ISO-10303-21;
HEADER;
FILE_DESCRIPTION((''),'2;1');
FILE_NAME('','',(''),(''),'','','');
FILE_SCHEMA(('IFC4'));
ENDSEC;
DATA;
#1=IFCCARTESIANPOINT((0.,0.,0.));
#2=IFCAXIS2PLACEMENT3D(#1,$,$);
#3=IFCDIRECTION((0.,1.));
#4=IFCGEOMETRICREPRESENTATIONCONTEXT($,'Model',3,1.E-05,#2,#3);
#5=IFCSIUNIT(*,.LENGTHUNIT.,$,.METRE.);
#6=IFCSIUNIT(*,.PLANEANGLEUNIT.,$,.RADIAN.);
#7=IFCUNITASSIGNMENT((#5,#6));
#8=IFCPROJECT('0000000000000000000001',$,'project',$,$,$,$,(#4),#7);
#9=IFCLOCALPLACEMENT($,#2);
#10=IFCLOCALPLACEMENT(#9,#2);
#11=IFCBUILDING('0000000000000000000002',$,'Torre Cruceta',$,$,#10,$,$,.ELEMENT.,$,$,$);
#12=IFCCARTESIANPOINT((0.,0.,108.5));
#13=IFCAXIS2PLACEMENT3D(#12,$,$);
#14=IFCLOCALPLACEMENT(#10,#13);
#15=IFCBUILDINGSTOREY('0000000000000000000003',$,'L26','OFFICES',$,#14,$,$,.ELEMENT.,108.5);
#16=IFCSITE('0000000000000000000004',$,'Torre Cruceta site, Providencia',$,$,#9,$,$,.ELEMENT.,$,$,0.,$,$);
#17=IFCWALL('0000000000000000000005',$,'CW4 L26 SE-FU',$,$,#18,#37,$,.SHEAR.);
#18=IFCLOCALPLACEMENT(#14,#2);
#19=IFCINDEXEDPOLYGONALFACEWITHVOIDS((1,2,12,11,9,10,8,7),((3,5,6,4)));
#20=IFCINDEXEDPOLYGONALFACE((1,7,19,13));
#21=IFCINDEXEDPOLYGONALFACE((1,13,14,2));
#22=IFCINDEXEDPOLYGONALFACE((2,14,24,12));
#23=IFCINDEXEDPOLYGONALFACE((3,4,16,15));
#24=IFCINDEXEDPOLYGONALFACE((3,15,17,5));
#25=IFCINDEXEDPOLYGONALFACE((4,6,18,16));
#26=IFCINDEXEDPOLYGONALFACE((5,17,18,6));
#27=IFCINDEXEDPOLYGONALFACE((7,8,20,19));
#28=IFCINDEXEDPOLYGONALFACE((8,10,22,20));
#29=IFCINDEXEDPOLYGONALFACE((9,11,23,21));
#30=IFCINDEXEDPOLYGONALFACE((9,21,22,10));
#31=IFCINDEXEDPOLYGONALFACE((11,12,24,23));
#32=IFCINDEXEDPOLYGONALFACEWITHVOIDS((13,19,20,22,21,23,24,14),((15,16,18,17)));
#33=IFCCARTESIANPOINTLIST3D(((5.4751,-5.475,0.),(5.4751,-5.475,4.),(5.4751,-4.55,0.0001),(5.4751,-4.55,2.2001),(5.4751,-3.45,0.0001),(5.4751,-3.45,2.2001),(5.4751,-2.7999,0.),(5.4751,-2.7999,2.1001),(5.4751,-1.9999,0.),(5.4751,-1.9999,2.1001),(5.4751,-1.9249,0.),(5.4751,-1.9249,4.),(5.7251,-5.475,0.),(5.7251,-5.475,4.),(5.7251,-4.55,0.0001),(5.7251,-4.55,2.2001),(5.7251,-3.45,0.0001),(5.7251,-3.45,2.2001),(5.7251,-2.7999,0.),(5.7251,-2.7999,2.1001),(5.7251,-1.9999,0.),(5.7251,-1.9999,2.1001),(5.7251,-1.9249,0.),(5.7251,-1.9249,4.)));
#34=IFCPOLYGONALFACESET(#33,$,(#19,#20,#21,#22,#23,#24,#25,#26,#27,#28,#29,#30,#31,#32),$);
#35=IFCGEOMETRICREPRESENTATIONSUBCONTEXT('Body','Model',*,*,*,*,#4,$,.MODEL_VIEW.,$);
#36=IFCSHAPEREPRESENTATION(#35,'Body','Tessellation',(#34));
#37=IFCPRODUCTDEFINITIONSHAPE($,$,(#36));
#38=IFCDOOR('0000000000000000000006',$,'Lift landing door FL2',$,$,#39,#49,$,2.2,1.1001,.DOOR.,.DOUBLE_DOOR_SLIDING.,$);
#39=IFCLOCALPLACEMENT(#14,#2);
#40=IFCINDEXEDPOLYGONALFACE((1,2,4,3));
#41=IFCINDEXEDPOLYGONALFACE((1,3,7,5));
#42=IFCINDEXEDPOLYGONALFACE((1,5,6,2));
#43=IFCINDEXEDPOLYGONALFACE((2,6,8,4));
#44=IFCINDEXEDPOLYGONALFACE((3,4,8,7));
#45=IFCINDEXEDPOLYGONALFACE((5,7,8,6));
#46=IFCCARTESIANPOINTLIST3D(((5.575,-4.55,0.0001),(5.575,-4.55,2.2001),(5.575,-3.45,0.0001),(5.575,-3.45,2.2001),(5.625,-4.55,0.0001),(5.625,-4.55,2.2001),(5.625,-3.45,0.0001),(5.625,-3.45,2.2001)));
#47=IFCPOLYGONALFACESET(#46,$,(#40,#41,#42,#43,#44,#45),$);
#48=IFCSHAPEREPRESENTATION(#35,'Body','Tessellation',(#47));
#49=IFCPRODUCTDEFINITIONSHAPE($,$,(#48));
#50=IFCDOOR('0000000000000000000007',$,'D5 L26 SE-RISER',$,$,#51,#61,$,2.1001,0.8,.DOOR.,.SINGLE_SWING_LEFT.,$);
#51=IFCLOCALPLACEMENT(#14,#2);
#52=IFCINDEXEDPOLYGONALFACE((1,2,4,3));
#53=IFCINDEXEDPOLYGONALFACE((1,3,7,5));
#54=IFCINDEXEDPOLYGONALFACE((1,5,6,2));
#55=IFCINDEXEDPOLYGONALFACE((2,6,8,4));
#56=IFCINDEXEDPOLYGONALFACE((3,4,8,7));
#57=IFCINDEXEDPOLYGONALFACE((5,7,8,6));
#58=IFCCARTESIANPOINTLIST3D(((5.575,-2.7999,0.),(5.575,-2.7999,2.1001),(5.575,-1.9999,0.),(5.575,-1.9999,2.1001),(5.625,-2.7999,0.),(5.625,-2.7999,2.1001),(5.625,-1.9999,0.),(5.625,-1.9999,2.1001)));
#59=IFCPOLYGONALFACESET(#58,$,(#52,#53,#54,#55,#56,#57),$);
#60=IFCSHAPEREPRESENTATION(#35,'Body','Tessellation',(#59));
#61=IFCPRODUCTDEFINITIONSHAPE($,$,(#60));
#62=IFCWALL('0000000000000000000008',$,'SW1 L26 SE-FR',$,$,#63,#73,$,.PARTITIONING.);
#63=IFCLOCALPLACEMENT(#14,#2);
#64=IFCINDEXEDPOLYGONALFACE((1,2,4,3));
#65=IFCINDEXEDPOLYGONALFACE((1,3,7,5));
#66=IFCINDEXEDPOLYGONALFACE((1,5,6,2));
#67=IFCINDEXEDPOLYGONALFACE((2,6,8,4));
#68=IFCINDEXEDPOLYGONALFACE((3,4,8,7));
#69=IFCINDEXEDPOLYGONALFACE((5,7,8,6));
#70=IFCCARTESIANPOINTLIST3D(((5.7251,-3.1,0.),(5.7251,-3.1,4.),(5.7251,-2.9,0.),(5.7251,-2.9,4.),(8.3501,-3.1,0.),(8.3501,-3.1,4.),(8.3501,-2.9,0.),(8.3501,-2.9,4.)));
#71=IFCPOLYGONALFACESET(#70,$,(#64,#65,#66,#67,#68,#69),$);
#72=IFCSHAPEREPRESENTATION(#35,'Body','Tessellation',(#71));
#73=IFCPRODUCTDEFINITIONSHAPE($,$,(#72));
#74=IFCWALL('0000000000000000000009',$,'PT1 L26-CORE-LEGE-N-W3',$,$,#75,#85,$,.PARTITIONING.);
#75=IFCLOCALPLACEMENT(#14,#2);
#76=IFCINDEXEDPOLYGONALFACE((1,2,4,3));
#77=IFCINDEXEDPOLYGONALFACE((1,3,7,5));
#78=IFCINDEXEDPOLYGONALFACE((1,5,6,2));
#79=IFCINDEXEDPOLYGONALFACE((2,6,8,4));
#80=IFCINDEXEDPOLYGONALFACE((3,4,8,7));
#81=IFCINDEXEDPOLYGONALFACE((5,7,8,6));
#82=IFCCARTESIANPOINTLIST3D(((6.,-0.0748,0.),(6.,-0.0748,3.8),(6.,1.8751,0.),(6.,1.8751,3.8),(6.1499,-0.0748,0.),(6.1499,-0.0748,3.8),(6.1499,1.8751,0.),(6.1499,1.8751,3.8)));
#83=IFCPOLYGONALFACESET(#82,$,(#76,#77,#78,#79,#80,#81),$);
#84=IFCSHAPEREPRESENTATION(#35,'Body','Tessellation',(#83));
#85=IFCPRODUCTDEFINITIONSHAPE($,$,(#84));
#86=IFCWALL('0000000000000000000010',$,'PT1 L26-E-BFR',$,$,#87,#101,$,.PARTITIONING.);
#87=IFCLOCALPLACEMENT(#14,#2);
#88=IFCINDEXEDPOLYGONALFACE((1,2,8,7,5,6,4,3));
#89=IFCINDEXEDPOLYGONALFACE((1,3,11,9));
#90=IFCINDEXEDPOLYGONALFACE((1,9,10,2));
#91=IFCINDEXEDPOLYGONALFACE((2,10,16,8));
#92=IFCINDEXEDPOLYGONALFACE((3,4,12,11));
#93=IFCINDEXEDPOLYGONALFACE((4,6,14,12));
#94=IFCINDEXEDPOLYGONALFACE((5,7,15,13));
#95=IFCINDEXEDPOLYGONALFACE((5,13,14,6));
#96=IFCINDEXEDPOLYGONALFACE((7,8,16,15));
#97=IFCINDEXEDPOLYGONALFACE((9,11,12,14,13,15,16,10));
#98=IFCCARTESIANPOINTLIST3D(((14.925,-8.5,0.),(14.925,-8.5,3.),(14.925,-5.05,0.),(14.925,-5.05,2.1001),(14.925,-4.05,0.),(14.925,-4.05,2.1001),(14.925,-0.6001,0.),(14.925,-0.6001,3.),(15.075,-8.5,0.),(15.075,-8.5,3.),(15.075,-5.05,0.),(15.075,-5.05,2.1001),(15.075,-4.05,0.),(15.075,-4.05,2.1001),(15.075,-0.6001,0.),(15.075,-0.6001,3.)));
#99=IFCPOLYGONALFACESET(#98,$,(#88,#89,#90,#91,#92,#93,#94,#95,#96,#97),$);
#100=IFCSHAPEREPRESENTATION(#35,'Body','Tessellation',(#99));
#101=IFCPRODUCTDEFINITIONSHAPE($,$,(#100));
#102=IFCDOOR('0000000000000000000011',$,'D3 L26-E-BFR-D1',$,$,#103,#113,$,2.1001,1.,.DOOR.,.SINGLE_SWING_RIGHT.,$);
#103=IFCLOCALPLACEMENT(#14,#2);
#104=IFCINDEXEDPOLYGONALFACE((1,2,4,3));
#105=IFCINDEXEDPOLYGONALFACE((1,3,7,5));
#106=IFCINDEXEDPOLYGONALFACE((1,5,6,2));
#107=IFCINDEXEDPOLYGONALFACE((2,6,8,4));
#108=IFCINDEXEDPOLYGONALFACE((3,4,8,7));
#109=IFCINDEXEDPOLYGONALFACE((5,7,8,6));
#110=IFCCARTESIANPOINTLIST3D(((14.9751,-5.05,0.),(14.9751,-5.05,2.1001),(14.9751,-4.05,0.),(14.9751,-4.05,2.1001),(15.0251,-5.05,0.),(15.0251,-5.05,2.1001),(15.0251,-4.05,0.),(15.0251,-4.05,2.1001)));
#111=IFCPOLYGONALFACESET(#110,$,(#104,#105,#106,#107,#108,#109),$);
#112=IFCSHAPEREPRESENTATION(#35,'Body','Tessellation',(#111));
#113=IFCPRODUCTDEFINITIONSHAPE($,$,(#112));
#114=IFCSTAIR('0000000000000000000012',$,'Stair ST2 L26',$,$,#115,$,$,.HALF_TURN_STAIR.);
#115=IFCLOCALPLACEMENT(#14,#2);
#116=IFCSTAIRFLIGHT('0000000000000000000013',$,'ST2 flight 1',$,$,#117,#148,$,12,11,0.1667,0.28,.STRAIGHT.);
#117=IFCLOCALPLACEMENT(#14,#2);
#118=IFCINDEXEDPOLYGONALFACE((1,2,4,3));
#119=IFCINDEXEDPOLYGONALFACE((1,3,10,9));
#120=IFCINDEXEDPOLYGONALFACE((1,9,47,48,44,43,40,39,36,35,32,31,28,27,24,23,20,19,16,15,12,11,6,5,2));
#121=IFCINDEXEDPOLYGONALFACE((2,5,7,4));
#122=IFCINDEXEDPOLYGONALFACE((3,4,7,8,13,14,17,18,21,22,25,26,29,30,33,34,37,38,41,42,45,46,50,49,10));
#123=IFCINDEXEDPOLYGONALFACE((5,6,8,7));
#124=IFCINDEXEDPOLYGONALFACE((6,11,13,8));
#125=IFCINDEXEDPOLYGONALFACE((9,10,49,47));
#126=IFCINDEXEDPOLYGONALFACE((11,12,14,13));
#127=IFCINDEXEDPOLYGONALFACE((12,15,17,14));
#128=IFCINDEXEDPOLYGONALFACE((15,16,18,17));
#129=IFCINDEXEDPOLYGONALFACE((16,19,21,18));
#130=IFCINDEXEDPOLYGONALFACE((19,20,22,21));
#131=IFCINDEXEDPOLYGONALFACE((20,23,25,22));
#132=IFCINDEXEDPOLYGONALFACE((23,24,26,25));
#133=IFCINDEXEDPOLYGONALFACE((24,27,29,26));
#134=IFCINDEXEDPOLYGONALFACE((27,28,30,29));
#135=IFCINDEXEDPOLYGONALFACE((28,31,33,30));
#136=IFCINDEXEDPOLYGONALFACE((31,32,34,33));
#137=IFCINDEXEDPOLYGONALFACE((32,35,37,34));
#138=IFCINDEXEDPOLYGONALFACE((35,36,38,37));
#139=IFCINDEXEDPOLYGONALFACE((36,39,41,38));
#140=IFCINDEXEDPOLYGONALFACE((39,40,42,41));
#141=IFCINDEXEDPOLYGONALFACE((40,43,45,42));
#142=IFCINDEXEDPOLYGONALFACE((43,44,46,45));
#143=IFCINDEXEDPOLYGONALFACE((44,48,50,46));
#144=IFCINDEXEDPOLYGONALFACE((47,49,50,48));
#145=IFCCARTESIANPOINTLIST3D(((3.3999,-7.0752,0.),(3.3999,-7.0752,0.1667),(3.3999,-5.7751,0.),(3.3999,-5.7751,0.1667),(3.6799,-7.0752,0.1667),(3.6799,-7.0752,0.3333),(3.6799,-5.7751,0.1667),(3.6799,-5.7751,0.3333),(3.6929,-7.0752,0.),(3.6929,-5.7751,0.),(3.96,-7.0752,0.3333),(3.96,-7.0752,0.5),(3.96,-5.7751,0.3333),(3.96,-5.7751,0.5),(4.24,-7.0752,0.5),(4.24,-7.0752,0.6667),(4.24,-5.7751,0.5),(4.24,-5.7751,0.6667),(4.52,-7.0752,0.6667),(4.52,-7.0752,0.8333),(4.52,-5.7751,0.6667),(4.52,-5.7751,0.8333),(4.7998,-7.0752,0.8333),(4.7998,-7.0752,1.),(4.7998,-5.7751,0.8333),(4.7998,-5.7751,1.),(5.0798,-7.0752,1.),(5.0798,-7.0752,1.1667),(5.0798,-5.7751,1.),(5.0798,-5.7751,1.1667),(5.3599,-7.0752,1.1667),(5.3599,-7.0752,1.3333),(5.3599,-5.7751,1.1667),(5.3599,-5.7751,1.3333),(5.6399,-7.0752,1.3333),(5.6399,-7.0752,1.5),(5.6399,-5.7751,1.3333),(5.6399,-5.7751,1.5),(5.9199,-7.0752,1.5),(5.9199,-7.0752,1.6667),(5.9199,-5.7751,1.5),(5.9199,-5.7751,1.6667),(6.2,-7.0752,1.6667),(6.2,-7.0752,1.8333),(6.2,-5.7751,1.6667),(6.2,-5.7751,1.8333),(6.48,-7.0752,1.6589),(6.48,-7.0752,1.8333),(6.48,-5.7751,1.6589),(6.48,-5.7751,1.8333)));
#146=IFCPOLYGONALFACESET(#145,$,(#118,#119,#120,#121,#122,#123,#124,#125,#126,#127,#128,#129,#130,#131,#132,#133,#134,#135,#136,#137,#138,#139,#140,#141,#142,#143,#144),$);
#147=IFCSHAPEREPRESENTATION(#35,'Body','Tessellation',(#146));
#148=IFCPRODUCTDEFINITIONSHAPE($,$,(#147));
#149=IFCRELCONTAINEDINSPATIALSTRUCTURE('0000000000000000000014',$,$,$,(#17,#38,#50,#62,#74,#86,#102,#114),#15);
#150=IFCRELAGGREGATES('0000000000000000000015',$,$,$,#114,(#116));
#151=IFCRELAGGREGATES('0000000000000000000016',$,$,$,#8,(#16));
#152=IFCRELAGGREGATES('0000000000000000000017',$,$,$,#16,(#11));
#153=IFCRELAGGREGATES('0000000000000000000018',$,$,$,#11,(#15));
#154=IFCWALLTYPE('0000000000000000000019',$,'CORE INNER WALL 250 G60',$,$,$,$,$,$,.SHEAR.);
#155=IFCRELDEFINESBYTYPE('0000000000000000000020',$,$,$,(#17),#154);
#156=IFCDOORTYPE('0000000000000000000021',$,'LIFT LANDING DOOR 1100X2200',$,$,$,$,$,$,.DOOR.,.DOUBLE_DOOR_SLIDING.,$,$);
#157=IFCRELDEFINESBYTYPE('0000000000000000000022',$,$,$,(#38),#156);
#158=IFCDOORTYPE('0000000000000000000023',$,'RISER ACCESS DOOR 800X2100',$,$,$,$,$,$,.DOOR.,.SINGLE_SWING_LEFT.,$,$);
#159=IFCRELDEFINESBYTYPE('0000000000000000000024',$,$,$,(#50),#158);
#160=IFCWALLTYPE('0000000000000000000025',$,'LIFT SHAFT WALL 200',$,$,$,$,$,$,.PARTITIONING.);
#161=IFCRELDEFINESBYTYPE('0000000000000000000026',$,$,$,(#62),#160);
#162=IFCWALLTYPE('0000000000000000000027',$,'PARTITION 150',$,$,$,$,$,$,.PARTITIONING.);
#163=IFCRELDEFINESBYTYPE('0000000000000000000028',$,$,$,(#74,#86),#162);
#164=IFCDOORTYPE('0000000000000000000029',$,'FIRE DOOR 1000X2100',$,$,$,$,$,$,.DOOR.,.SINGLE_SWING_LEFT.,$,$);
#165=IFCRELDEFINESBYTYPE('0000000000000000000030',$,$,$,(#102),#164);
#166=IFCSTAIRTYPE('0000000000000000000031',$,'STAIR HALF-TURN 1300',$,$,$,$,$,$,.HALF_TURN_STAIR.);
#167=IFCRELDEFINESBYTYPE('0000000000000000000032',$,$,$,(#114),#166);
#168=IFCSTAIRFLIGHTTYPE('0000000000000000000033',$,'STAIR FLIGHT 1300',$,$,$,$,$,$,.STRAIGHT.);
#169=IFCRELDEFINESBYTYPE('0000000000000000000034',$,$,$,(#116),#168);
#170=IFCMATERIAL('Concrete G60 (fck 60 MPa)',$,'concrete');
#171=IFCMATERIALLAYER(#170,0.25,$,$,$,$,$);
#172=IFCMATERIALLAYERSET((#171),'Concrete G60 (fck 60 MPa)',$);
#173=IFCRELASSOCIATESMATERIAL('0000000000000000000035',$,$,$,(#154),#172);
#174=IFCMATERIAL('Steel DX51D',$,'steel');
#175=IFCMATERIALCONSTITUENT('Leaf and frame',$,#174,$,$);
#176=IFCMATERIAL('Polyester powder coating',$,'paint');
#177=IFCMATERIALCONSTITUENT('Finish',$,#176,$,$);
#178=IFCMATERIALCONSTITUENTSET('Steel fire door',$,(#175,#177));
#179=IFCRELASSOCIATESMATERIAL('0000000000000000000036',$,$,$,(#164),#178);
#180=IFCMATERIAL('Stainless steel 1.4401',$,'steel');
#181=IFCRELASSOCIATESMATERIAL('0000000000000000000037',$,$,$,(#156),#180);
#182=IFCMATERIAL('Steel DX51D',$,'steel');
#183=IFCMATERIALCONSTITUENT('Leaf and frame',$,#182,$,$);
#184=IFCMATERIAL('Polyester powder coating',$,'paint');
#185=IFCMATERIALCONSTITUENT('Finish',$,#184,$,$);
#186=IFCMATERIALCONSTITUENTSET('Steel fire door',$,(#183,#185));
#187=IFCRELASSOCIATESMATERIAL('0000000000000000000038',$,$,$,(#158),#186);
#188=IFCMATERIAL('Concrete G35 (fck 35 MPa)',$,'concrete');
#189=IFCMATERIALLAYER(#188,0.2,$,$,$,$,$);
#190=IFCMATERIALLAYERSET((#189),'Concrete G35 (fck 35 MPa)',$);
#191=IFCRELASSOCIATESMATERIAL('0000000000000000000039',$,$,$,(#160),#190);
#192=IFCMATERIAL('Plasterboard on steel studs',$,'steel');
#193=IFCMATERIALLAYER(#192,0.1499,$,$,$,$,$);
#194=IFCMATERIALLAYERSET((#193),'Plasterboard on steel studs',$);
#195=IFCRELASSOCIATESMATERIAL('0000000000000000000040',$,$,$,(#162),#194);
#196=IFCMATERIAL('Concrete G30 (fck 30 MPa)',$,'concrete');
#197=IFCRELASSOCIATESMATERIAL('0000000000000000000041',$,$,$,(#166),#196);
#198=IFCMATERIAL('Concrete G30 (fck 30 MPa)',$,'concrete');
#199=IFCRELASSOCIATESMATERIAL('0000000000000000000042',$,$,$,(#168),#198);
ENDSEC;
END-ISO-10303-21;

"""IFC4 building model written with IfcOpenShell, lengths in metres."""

from ifc_helpers import new_model, si_unit, direction, frame, frame_2d, origin, place, context, subcontext, project, spatial, polyline, rectangle, outline, extrude, material, layer, layer_set, constituent, constituent_set, type_object, element, fill, aggregate, save


model = new_model("IFC4")

# Units and contexts
model_context = context("Model", 3, precision=1e-05, world=origin(), true_north=direction((0.0, 1.0)))
body_context = subcontext(model_context, "Body", "Model", "MODEL_VIEW")
ifc_project = project(units=[si_unit("LENGTHUNIT", "METRE"), si_unit("PLANEANGLEUNIT", "RADIAN")], contexts=[model_context])

# Site, building, storey
site_placement = place(None, origin())
site = spatial("IfcSite", under=ifc_project, at=site_placement, Name="Torre Cruceta site, Providencia", CompositionType="ELEMENT", RefElevation=0.0)
building_placement = place(site_placement, origin())
building = spatial("IfcBuilding", under=site, at=building_placement, Name="Torre Cruceta", CompositionType="ELEMENT")
storey_placement = place(building_placement, frame((0.0, 0.0, 108.5)))
storey = spatial("IfcBuildingStorey", under=building, at=storey_placement, Name="L26", Description="OFFICES", CompositionType="ELEMENT", Elevation=108.5)

# Shared definitions
ifc_material_1 = material(Name="Concrete G60 (fck 60 MPa)", Category="concrete")
ifc_layer_1 = layer(ifc_material_1, 0.25)
ifc_layer_set_1 = layer_set([ifc_layer_1], Name="Concrete G60 (fck 60 MPa)")
wall_type_1 = type_object("IfcWallType", Name="CORE INNER WALL 250 G60", PredefinedType="SHEAR", material=ifc_layer_set_1)
ifc_material_2 = material(Name="Steel DX51D", Category="steel")
ifc_constituent_1 = constituent(ifc_material_2, Name="Leaf and frame")
ifc_material_3 = material(Name="Polyester powder coating", Category="paint")
ifc_constituent_2 = constituent(ifc_material_3, Name="Finish")
ifc_constituent_set_1 = constituent_set(constituents=[ifc_constituent_1, ifc_constituent_2], Name="Steel fire door")
door_type_1 = type_object("IfcDoorType", Name="FIRE DOOR 1000X2100", OperationType="SINGLE_SWING_LEFT", PredefinedType="DOOR", material=ifc_constituent_set_1)

# Wall, openings, doors
wall_1_placement = place(storey_placement, frame((5.6001, -1.925, 0.0), z_axis=(0.0, 0.0, 1.0), x_axis=(0.0, -1.0, 0.0)))
wall_1 = element("IfcWall", 1, at=wall_1_placement, inside=storey, type_object=wall_type_1, Name="CW4 L26 SE-FU", PredefinedType="SHEAR", context=body_context, shape_type="SweptSolid", body=[
    extrude(rectangle(XDim=3.55, YDim=0.25, at=frame_2d((1.7749, 0.0))), origin(), (0.0, 0.0, 1.0), 4.0),
])
opening_1_placement = place(wall_1_placement, frame((1.5249, 0.0, 0.0)))
opening_1 = element("IfcOpeningElement", 2, at=opening_1_placement, cuts=wall_1, PredefinedType="OPENING", context=body_context, shape_type="SweptSolid", body=[
    extrude(rectangle(XDim=1.1001, YDim=2.2, at=frame_2d((0.55, 1.1001))), frame((0.0, 0.135, 0.0), z_axis=(0.0, -1.0, 0.0), x_axis=(1.0, 0.0, 0.0)), (0.0, 0.0, 1.0), 0.27),
])
opening_2_placement = place(wall_1_placement, frame((0.075, 0.0, 0.0)))
opening_2 = element("IfcOpeningElement", 3, at=opening_2_placement, cuts=wall_1, PredefinedType="OPENING", context=body_context, shape_type="SweptSolid", body=[
    extrude(rectangle(XDim=0.8, YDim=2.1001, at=frame_2d((0.3999, 1.05))), frame((0.0, 0.135, 0.0), z_axis=(0.0, -1.0, 0.0), x_axis=(1.0, 0.0, 0.0)), (0.0, 0.0, 1.0), 0.27),
])
ifc_material_4 = material(Name="Stainless steel 1.4401", Category="steel")
door_type_2 = type_object("IfcDoorType", Name="LIFT LANDING DOOR 1100X2200", OperationType="DOUBLE_DOOR_SLIDING", PredefinedType="DOOR", material=ifc_material_4)
door_1_placement = place(opening_1_placement, origin())
door_1 = element("IfcDoor", 4, at=door_1_placement, inside=storey, type_object=door_type_2, Name="Lift landing door FL2", OperationType="DOUBLE_DOOR_SLIDING", OverallHeight=2.2, OverallWidth=1.1001, PredefinedType="DOOR", context=body_context, shape_type="SweptSolid", body=[
    extrude(rectangle(XDim=1.1001, YDim=2.2, at=frame_2d((0.55, 1.1001))), frame((0.0, 0.0249, 0.0), z_axis=(0.0, -1.0, 0.0), x_axis=(1.0, 0.0, 0.0)), (0.0, 0.0, 1.0), 0.05),
])
fill(opening_1, door_1)
ifc_material_5 = material(Name="Steel DX51D", Category="steel")
ifc_constituent_3 = constituent(ifc_material_5, Name="Leaf and frame")
ifc_material_6 = material(Name="Polyester powder coating", Category="paint")
ifc_constituent_4 = constituent(ifc_material_6, Name="Finish")
ifc_constituent_set_2 = constituent_set(constituents=[ifc_constituent_3, ifc_constituent_4], Name="Steel fire door")
door_type_3 = type_object("IfcDoorType", Name="RISER ACCESS DOOR 800X2100", OperationType="SINGLE_SWING_LEFT", PredefinedType="DOOR", material=ifc_constituent_set_2)
door_2_placement = place(opening_2_placement, origin())
door_2 = element("IfcDoor", 5, at=door_2_placement, inside=storey, type_object=door_type_3, Name="D5 L26 SE-RISER", OperationType="SINGLE_SWING_LEFT", OverallHeight=2.1001, OverallWidth=0.8, PredefinedType="DOOR", context=body_context, shape_type="SweptSolid", body=[
    extrude(rectangle(XDim=0.8, YDim=2.1001, at=frame_2d((0.3999, 1.05))), frame((0.0, 0.0249, 0.0), z_axis=(0.0, -1.0, 0.0), x_axis=(1.0, 0.0, 0.0)), (0.0, 0.0, 1.0), 0.05),
])
fill(opening_2, door_2)

# Walls
ifc_material_7 = material(Name="Concrete G35 (fck 35 MPa)", Category="concrete")
ifc_layer_2 = layer(ifc_material_7, 0.2)
ifc_layer_set_2 = layer_set([ifc_layer_2], Name="Concrete G35 (fck 35 MPa)")
wall_type_2 = type_object("IfcWallType", Name="LIFT SHAFT WALL 200", PredefinedType="PARTITIONING", material=ifc_layer_set_2)
wall_2_placement = place(storey_placement, frame((5.7251, -3.0, 0.0), z_axis=(0.0, 0.0, 1.0), x_axis=(1.0, 0.0, 0.0)))
element("IfcWall", 6, at=wall_2_placement, inside=storey, type_object=wall_type_2, Name="SW1 L26 SE-FR", PredefinedType="PARTITIONING", context=body_context, shape_type="SweptSolid", body=[
    extrude(rectangle(XDim=2.625, YDim=0.2, at=frame_2d((1.3125, 0.0))), origin(), (0.0, 0.0, 1.0), 4.0),
])
ifc_material_8 = material(Name="Plasterboard on steel studs", Category="steel")
ifc_layer_3 = layer(ifc_material_8, 0.1499)
ifc_layer_set_3 = layer_set([ifc_layer_3], Name="Plasterboard on steel studs")
wall_type_3 = type_object("IfcWallType", Name="PARTITION 150", PredefinedType="PARTITIONING", material=ifc_layer_set_3)
wall_3_placement = place(storey_placement, frame((6.075, -0.075, 0.0), z_axis=(0.0, 0.0, 1.0), x_axis=(0.0, 1.0, 0.0)))
element("IfcWall", 7, at=wall_3_placement, inside=storey, type_object=wall_type_3, Name="PT1 L26-CORE-LEGE-N-W3", PredefinedType="PARTITIONING", context=body_context, shape_type="SweptSolid", body=[
    extrude(rectangle(XDim=1.95, YDim=0.1499, at=frame_2d((0.9751, 0.0))), origin(), (0.0, 0.0, 1.0), 3.8),
])

# Wall, opening, door
wall_4_placement = place(storey_placement, frame((15.0, -8.5, 0.0), z_axis=(0.0, 0.0, 1.0), x_axis=(0.0, 1.0, 0.0)))
wall_4 = element("IfcWall", 8, at=wall_4_placement, inside=storey, type_object=wall_type_3, Name="PT1 L26-E-BFR", PredefinedType="PARTITIONING", context=body_context, shape_type="SweptSolid", body=[
    extrude(rectangle(XDim=7.8999, YDim=0.1499, at=frame_2d((3.95, 0.0))), origin(), (0.0, 0.0, 1.0), 3.0),
])
opening_3_placement = place(wall_4_placement, frame((3.45, 0.0, 0.0)))
opening_3 = element("IfcOpeningElement", 9, at=opening_3_placement, cuts=wall_4, PredefinedType="OPENING", context=body_context, shape_type="SweptSolid", body=[
    extrude(rectangle(XDim=1.0, YDim=2.1001, at=frame_2d((0.5, 1.05))), frame((0.0, 0.085, 0.0), z_axis=(0.0, -1.0, 0.0), x_axis=(1.0, 0.0, 0.0)), (0.0, 0.0, 1.0), 0.1699),
])
door_3_placement = place(opening_3_placement, origin())
door_3 = element("IfcDoor", 10, at=door_3_placement, inside=storey, type_object=door_type_1, Name="D3 L26-E-BFR-D1", OperationType="SINGLE_SWING_RIGHT", OverallHeight=2.1001, OverallWidth=1.0, PredefinedType="DOOR", context=body_context, shape_type="SweptSolid", body=[
    extrude(rectangle(XDim=1.0, YDim=2.1001, at=frame_2d((0.5, 1.05))), frame((0.0, 0.0249, 0.0), z_axis=(0.0, -1.0, 0.0), x_axis=(1.0, 0.0, 0.0)), (0.0, 0.0, 1.0), 0.05),
])
fill(opening_3, door_3)

# Stair, stair flight
ifc_material_9 = material(Name="Concrete G30 (fck 30 MPa)", Category="concrete")
stair_type = type_object("IfcStairType", Name="STAIR HALF-TURN 1300", PredefinedType="HALF_TURN_STAIR", material=ifc_material_9)
stair_placement = place(storey_placement, origin())
stair = element("IfcStair", 11, at=stair_placement, inside=storey, type_object=stair_type, Name="Stair ST2 L26", PredefinedType="HALF_TURN_STAIR")
ifc_material_10 = material(Name="Concrete G30 (fck 30 MPa)", Category="concrete")
stair_flight_type = type_object("IfcStairFlightType", Name="STAIR FLIGHT 1300", PredefinedType="STRAIGHT", material=ifc_material_10)
stair_flight_1_placement = place(storey_placement, frame((3.3999, -6.425, 0.0), z_axis=(0.0, 0.0, 1.0), x_axis=(1.0, 0.0, 0.0)))
stair_flight_1 = element("IfcStairFlight", 12, at=stair_flight_1_placement, type_object=stair_flight_type, Name="ST2 flight 1", NumberOfRisers=12, NumberOfTreads=11, PredefinedType="STRAIGHT", RiserHeight=0.1667, TreadLength=0.28, context=body_context, shape_type="SweptSolid", body=[
    extrude(outline(polyline([(0.0, 0.0), (0.0, 0.1667), (0.28, 0.1667), (0.28, 0.3333), (0.5601, 0.3333), (0.5601, 0.5), (0.8401, 0.5), (0.8401, 0.6667), (1.1201, 0.6667), (1.1201, 0.8333), (1.3999, 0.8333), (1.3999, 1.0), (1.6799, 1.0), (1.6799, 1.1667), (1.96, 1.1667), (1.96, 1.3333), (2.24, 1.3333), (2.24, 1.5), (2.52, 1.5), (2.52, 1.6667), (2.8, 1.6667), (2.8, 1.8333), (3.0801, 1.8333), (3.0801, 2.0), (3.0801, 1.6589), (0.293, 0.0), (0.0, 0.0)])), frame((0.0, 0.6499, 0.0), z_axis=(0.0, -1.0, 0.0), x_axis=(1.0, 0.0, 0.0)), (0.0, 0.0, 1.0), 1.3),
])
aggregate(stair, [stair_flight_1])

save(model, "model.ifc")
